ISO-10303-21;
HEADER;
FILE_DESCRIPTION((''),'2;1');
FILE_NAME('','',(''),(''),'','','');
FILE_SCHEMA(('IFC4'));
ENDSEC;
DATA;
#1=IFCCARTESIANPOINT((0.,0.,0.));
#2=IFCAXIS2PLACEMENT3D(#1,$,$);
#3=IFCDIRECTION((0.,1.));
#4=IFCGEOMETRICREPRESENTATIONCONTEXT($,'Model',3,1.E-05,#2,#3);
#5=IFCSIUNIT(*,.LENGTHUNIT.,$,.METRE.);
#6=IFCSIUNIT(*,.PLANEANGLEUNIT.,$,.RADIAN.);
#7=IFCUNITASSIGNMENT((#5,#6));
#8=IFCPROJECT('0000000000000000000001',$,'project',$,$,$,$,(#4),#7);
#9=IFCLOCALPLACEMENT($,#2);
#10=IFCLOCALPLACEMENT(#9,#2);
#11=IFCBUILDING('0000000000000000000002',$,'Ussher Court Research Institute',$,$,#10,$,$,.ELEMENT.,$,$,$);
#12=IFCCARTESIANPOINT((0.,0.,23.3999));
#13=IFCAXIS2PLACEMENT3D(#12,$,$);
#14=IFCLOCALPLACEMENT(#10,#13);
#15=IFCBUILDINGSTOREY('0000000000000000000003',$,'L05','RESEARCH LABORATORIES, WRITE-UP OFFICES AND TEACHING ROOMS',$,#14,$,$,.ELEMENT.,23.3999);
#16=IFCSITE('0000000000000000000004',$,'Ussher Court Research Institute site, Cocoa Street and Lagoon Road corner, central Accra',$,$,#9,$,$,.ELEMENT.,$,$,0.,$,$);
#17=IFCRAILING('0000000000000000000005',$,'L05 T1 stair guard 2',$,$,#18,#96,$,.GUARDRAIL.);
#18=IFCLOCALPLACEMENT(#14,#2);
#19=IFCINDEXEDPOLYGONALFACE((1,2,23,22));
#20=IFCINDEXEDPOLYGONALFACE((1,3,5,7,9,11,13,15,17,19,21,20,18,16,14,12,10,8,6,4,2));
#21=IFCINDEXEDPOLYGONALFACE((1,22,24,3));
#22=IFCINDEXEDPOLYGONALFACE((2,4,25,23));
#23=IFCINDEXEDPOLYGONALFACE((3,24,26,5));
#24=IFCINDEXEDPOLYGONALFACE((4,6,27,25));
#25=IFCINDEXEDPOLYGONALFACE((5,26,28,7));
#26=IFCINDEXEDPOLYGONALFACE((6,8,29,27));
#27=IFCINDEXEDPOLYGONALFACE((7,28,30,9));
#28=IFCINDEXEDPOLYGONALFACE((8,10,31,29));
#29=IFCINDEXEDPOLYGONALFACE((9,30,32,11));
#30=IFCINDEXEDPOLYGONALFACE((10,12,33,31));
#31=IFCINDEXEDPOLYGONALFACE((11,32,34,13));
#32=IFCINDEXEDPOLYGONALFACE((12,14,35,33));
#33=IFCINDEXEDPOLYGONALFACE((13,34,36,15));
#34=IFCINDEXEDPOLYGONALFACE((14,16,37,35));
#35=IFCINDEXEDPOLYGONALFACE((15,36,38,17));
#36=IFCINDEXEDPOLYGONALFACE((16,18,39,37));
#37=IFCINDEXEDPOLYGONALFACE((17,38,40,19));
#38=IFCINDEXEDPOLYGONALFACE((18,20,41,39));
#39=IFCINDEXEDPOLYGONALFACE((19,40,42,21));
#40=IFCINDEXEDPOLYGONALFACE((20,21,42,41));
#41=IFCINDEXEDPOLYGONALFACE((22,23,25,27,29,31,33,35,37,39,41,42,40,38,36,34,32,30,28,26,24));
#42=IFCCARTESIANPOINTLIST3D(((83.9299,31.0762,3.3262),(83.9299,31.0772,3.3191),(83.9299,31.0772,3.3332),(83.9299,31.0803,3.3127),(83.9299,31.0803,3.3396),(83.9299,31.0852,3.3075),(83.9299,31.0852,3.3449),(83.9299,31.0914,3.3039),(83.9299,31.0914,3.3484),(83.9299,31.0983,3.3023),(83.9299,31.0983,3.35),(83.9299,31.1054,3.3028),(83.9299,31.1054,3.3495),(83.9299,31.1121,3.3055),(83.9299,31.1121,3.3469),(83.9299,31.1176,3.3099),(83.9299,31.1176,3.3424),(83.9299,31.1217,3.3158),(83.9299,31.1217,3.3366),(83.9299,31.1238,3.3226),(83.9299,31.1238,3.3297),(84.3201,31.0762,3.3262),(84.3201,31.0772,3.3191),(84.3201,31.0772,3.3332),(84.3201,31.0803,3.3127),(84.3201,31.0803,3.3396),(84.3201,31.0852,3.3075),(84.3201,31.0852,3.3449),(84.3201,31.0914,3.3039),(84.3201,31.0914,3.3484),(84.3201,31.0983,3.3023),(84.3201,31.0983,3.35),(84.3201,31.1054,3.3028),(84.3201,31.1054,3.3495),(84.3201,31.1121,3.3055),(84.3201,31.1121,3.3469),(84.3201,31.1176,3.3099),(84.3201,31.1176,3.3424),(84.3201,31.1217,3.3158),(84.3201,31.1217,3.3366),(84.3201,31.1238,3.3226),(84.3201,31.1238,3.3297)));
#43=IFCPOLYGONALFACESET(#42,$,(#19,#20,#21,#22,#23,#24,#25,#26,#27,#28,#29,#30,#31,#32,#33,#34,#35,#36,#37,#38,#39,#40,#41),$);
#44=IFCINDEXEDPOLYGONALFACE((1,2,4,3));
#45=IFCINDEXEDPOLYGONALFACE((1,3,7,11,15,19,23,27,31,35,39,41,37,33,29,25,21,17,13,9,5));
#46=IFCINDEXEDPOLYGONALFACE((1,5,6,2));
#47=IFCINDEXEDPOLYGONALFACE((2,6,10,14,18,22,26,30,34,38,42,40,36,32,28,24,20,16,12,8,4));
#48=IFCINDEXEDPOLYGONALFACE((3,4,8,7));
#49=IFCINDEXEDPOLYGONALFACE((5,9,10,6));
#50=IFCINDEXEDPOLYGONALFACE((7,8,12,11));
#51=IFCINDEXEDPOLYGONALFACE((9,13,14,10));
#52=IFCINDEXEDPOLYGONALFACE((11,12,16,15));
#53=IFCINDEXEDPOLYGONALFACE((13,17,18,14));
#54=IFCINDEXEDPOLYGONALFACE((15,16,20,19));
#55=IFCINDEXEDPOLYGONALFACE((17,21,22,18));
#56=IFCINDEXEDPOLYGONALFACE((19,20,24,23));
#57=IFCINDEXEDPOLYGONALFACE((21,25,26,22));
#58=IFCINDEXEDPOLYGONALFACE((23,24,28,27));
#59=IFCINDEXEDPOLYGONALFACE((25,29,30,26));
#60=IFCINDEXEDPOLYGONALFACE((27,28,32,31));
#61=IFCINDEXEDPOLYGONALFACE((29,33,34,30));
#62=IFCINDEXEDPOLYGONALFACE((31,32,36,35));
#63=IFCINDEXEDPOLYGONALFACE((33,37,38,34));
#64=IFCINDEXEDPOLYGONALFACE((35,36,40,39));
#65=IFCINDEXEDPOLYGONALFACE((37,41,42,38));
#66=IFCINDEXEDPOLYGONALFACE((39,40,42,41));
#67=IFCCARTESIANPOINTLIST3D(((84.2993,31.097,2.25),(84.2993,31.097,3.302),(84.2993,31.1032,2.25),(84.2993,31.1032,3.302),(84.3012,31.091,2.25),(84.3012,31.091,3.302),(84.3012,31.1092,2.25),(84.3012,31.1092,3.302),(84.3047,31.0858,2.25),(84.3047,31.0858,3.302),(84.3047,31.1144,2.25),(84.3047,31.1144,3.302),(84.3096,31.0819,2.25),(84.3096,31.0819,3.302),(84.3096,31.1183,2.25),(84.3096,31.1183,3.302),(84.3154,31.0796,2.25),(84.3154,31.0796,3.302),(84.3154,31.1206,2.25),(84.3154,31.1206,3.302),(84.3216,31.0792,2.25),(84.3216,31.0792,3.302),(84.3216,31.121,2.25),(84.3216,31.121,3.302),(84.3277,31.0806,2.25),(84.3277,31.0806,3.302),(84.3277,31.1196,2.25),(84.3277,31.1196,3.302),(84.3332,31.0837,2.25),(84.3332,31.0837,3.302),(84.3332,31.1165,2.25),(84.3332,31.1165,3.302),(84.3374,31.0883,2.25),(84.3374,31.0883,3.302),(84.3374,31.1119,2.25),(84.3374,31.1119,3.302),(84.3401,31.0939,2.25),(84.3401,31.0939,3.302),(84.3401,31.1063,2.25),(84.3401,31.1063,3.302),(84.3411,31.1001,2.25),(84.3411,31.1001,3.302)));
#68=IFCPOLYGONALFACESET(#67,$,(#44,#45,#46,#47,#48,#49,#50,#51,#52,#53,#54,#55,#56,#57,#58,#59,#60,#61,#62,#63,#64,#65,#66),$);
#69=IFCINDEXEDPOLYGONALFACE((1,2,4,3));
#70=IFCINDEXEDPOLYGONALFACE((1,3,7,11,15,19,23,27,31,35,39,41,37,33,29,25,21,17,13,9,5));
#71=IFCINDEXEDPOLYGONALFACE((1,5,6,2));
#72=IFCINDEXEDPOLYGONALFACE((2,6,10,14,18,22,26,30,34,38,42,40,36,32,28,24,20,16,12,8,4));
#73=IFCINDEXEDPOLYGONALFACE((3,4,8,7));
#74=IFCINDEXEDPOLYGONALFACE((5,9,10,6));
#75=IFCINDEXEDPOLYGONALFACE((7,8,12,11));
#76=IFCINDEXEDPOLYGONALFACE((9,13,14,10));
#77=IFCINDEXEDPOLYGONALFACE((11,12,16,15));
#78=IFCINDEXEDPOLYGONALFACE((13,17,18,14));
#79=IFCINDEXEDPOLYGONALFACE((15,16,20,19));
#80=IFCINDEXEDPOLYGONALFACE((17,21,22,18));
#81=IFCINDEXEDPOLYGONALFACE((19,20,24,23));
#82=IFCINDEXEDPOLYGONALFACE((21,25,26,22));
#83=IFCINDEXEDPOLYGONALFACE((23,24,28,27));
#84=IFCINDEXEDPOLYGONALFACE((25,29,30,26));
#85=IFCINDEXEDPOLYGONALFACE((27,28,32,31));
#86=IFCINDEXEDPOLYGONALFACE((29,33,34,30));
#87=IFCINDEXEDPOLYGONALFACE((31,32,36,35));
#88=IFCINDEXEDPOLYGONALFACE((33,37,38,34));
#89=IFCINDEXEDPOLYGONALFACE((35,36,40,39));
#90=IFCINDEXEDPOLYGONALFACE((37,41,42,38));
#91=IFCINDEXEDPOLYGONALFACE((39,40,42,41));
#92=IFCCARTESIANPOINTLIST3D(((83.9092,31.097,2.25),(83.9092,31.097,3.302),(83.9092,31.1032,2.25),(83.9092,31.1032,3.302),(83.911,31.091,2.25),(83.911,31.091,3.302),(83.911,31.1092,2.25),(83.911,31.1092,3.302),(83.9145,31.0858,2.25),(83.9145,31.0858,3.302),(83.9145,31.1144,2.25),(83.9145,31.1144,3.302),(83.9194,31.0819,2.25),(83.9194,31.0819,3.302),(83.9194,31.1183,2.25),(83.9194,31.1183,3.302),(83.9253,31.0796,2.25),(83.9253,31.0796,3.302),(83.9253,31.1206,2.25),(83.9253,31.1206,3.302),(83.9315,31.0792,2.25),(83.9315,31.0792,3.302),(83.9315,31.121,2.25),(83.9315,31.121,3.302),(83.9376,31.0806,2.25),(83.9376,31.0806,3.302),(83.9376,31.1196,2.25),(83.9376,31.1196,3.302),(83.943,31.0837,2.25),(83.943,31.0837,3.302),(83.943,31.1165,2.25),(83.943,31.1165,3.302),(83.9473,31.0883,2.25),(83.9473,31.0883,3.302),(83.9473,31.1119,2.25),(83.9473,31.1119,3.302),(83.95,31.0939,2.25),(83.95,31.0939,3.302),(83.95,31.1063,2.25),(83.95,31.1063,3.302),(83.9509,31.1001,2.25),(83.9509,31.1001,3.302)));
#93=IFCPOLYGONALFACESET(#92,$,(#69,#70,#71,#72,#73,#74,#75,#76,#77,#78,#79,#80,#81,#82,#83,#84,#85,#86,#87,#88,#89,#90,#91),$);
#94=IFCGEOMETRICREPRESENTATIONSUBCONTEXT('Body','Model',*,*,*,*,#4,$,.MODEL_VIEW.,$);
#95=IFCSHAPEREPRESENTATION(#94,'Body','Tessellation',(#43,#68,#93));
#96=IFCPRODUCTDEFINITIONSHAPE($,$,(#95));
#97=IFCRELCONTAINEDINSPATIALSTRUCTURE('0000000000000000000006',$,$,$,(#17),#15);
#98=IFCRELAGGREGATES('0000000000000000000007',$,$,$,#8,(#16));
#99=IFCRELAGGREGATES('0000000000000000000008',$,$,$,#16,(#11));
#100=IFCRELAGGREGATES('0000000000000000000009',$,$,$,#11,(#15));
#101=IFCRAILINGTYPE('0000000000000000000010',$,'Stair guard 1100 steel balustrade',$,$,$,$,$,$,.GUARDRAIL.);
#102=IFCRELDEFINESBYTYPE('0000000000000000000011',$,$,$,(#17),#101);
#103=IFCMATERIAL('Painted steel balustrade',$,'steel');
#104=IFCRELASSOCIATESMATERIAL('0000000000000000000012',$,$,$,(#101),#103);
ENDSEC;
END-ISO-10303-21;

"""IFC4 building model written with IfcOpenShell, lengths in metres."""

from ifc_helpers import new_model, si_unit, direction, frame, origin, origin_2d, place, context, subcontext, project, spatial, circle, extrude, material, type_object, element, save


model = new_model("IFC4")

# Units and contexts
model_context = context("Model", 3, precision=1e-05, world=origin(), true_north=direction((0.0, 1.0)))
body_context = subcontext(model_context, "Body", "Model", "MODEL_VIEW")
ifc_project = project(units=[si_unit("LENGTHUNIT", "METRE"), si_unit("PLANEANGLEUNIT", "RADIAN")], contexts=[model_context])

# Site, building, storey
site_placement = place(None, origin())
site = spatial("IfcSite", under=ifc_project, at=site_placement, Name="Ussher Court Research Institute site, Cocoa Street and Lagoon Road corner, central Accra", CompositionType="ELEMENT", RefElevation=0.0)
building_placement = place(site_placement, origin())
building = spatial("IfcBuilding", under=site, at=building_placement, Name="Ussher Court Research Institute", CompositionType="ELEMENT")
storey_placement = place(building_placement, frame((0.0, 0.0, 23.3999)))
storey = spatial("IfcBuildingStorey", under=building, at=storey_placement, Name="L05", Description="RESEARCH LABORATORIES, WRITE-UP OFFICES AND TEACHING ROOMS", CompositionType="ELEMENT", Elevation=23.3999)

# Railing
ifc_material_1 = material(Name="Painted steel balustrade", Category="steel")
railing_type_1 = type_object("IfcRailingType", Name="Stair guard 1100 steel balustrade", PredefinedType="GUARDRAIL", material=ifc_material_1)
railing_1_placement = place(storey_placement, frame((84.3201, 31.1001, 2.25)))
element("IfcRailing", 1, at=railing_1_placement, inside=storey, type_object=railing_type_1, Name="L05 T1 stair guard 2", PredefinedType="GUARDRAIL", context=body_context, shape_type="SweptSolid", body=[
    extrude(circle(Radius=0.0239, at=origin_2d()), frame((0.0, 0.0, 1.0762), z_axis=(-1.0, 0.0, 0.0), x_axis=(0.0, -1.0, 0.0)), (0.0, 0.0, 1.0), 0.3901),
    extrude(circle(Radius=0.021, at=origin_2d()), origin(), (0.0, 0.0, 1.0), 1.052),
    extrude(circle(Radius=0.021, at=origin_2d()), frame((-0.3901, 0.0, 0.0)), (0.0, 0.0, 1.0), 1.052),
])

save(model, "model.ifc")
